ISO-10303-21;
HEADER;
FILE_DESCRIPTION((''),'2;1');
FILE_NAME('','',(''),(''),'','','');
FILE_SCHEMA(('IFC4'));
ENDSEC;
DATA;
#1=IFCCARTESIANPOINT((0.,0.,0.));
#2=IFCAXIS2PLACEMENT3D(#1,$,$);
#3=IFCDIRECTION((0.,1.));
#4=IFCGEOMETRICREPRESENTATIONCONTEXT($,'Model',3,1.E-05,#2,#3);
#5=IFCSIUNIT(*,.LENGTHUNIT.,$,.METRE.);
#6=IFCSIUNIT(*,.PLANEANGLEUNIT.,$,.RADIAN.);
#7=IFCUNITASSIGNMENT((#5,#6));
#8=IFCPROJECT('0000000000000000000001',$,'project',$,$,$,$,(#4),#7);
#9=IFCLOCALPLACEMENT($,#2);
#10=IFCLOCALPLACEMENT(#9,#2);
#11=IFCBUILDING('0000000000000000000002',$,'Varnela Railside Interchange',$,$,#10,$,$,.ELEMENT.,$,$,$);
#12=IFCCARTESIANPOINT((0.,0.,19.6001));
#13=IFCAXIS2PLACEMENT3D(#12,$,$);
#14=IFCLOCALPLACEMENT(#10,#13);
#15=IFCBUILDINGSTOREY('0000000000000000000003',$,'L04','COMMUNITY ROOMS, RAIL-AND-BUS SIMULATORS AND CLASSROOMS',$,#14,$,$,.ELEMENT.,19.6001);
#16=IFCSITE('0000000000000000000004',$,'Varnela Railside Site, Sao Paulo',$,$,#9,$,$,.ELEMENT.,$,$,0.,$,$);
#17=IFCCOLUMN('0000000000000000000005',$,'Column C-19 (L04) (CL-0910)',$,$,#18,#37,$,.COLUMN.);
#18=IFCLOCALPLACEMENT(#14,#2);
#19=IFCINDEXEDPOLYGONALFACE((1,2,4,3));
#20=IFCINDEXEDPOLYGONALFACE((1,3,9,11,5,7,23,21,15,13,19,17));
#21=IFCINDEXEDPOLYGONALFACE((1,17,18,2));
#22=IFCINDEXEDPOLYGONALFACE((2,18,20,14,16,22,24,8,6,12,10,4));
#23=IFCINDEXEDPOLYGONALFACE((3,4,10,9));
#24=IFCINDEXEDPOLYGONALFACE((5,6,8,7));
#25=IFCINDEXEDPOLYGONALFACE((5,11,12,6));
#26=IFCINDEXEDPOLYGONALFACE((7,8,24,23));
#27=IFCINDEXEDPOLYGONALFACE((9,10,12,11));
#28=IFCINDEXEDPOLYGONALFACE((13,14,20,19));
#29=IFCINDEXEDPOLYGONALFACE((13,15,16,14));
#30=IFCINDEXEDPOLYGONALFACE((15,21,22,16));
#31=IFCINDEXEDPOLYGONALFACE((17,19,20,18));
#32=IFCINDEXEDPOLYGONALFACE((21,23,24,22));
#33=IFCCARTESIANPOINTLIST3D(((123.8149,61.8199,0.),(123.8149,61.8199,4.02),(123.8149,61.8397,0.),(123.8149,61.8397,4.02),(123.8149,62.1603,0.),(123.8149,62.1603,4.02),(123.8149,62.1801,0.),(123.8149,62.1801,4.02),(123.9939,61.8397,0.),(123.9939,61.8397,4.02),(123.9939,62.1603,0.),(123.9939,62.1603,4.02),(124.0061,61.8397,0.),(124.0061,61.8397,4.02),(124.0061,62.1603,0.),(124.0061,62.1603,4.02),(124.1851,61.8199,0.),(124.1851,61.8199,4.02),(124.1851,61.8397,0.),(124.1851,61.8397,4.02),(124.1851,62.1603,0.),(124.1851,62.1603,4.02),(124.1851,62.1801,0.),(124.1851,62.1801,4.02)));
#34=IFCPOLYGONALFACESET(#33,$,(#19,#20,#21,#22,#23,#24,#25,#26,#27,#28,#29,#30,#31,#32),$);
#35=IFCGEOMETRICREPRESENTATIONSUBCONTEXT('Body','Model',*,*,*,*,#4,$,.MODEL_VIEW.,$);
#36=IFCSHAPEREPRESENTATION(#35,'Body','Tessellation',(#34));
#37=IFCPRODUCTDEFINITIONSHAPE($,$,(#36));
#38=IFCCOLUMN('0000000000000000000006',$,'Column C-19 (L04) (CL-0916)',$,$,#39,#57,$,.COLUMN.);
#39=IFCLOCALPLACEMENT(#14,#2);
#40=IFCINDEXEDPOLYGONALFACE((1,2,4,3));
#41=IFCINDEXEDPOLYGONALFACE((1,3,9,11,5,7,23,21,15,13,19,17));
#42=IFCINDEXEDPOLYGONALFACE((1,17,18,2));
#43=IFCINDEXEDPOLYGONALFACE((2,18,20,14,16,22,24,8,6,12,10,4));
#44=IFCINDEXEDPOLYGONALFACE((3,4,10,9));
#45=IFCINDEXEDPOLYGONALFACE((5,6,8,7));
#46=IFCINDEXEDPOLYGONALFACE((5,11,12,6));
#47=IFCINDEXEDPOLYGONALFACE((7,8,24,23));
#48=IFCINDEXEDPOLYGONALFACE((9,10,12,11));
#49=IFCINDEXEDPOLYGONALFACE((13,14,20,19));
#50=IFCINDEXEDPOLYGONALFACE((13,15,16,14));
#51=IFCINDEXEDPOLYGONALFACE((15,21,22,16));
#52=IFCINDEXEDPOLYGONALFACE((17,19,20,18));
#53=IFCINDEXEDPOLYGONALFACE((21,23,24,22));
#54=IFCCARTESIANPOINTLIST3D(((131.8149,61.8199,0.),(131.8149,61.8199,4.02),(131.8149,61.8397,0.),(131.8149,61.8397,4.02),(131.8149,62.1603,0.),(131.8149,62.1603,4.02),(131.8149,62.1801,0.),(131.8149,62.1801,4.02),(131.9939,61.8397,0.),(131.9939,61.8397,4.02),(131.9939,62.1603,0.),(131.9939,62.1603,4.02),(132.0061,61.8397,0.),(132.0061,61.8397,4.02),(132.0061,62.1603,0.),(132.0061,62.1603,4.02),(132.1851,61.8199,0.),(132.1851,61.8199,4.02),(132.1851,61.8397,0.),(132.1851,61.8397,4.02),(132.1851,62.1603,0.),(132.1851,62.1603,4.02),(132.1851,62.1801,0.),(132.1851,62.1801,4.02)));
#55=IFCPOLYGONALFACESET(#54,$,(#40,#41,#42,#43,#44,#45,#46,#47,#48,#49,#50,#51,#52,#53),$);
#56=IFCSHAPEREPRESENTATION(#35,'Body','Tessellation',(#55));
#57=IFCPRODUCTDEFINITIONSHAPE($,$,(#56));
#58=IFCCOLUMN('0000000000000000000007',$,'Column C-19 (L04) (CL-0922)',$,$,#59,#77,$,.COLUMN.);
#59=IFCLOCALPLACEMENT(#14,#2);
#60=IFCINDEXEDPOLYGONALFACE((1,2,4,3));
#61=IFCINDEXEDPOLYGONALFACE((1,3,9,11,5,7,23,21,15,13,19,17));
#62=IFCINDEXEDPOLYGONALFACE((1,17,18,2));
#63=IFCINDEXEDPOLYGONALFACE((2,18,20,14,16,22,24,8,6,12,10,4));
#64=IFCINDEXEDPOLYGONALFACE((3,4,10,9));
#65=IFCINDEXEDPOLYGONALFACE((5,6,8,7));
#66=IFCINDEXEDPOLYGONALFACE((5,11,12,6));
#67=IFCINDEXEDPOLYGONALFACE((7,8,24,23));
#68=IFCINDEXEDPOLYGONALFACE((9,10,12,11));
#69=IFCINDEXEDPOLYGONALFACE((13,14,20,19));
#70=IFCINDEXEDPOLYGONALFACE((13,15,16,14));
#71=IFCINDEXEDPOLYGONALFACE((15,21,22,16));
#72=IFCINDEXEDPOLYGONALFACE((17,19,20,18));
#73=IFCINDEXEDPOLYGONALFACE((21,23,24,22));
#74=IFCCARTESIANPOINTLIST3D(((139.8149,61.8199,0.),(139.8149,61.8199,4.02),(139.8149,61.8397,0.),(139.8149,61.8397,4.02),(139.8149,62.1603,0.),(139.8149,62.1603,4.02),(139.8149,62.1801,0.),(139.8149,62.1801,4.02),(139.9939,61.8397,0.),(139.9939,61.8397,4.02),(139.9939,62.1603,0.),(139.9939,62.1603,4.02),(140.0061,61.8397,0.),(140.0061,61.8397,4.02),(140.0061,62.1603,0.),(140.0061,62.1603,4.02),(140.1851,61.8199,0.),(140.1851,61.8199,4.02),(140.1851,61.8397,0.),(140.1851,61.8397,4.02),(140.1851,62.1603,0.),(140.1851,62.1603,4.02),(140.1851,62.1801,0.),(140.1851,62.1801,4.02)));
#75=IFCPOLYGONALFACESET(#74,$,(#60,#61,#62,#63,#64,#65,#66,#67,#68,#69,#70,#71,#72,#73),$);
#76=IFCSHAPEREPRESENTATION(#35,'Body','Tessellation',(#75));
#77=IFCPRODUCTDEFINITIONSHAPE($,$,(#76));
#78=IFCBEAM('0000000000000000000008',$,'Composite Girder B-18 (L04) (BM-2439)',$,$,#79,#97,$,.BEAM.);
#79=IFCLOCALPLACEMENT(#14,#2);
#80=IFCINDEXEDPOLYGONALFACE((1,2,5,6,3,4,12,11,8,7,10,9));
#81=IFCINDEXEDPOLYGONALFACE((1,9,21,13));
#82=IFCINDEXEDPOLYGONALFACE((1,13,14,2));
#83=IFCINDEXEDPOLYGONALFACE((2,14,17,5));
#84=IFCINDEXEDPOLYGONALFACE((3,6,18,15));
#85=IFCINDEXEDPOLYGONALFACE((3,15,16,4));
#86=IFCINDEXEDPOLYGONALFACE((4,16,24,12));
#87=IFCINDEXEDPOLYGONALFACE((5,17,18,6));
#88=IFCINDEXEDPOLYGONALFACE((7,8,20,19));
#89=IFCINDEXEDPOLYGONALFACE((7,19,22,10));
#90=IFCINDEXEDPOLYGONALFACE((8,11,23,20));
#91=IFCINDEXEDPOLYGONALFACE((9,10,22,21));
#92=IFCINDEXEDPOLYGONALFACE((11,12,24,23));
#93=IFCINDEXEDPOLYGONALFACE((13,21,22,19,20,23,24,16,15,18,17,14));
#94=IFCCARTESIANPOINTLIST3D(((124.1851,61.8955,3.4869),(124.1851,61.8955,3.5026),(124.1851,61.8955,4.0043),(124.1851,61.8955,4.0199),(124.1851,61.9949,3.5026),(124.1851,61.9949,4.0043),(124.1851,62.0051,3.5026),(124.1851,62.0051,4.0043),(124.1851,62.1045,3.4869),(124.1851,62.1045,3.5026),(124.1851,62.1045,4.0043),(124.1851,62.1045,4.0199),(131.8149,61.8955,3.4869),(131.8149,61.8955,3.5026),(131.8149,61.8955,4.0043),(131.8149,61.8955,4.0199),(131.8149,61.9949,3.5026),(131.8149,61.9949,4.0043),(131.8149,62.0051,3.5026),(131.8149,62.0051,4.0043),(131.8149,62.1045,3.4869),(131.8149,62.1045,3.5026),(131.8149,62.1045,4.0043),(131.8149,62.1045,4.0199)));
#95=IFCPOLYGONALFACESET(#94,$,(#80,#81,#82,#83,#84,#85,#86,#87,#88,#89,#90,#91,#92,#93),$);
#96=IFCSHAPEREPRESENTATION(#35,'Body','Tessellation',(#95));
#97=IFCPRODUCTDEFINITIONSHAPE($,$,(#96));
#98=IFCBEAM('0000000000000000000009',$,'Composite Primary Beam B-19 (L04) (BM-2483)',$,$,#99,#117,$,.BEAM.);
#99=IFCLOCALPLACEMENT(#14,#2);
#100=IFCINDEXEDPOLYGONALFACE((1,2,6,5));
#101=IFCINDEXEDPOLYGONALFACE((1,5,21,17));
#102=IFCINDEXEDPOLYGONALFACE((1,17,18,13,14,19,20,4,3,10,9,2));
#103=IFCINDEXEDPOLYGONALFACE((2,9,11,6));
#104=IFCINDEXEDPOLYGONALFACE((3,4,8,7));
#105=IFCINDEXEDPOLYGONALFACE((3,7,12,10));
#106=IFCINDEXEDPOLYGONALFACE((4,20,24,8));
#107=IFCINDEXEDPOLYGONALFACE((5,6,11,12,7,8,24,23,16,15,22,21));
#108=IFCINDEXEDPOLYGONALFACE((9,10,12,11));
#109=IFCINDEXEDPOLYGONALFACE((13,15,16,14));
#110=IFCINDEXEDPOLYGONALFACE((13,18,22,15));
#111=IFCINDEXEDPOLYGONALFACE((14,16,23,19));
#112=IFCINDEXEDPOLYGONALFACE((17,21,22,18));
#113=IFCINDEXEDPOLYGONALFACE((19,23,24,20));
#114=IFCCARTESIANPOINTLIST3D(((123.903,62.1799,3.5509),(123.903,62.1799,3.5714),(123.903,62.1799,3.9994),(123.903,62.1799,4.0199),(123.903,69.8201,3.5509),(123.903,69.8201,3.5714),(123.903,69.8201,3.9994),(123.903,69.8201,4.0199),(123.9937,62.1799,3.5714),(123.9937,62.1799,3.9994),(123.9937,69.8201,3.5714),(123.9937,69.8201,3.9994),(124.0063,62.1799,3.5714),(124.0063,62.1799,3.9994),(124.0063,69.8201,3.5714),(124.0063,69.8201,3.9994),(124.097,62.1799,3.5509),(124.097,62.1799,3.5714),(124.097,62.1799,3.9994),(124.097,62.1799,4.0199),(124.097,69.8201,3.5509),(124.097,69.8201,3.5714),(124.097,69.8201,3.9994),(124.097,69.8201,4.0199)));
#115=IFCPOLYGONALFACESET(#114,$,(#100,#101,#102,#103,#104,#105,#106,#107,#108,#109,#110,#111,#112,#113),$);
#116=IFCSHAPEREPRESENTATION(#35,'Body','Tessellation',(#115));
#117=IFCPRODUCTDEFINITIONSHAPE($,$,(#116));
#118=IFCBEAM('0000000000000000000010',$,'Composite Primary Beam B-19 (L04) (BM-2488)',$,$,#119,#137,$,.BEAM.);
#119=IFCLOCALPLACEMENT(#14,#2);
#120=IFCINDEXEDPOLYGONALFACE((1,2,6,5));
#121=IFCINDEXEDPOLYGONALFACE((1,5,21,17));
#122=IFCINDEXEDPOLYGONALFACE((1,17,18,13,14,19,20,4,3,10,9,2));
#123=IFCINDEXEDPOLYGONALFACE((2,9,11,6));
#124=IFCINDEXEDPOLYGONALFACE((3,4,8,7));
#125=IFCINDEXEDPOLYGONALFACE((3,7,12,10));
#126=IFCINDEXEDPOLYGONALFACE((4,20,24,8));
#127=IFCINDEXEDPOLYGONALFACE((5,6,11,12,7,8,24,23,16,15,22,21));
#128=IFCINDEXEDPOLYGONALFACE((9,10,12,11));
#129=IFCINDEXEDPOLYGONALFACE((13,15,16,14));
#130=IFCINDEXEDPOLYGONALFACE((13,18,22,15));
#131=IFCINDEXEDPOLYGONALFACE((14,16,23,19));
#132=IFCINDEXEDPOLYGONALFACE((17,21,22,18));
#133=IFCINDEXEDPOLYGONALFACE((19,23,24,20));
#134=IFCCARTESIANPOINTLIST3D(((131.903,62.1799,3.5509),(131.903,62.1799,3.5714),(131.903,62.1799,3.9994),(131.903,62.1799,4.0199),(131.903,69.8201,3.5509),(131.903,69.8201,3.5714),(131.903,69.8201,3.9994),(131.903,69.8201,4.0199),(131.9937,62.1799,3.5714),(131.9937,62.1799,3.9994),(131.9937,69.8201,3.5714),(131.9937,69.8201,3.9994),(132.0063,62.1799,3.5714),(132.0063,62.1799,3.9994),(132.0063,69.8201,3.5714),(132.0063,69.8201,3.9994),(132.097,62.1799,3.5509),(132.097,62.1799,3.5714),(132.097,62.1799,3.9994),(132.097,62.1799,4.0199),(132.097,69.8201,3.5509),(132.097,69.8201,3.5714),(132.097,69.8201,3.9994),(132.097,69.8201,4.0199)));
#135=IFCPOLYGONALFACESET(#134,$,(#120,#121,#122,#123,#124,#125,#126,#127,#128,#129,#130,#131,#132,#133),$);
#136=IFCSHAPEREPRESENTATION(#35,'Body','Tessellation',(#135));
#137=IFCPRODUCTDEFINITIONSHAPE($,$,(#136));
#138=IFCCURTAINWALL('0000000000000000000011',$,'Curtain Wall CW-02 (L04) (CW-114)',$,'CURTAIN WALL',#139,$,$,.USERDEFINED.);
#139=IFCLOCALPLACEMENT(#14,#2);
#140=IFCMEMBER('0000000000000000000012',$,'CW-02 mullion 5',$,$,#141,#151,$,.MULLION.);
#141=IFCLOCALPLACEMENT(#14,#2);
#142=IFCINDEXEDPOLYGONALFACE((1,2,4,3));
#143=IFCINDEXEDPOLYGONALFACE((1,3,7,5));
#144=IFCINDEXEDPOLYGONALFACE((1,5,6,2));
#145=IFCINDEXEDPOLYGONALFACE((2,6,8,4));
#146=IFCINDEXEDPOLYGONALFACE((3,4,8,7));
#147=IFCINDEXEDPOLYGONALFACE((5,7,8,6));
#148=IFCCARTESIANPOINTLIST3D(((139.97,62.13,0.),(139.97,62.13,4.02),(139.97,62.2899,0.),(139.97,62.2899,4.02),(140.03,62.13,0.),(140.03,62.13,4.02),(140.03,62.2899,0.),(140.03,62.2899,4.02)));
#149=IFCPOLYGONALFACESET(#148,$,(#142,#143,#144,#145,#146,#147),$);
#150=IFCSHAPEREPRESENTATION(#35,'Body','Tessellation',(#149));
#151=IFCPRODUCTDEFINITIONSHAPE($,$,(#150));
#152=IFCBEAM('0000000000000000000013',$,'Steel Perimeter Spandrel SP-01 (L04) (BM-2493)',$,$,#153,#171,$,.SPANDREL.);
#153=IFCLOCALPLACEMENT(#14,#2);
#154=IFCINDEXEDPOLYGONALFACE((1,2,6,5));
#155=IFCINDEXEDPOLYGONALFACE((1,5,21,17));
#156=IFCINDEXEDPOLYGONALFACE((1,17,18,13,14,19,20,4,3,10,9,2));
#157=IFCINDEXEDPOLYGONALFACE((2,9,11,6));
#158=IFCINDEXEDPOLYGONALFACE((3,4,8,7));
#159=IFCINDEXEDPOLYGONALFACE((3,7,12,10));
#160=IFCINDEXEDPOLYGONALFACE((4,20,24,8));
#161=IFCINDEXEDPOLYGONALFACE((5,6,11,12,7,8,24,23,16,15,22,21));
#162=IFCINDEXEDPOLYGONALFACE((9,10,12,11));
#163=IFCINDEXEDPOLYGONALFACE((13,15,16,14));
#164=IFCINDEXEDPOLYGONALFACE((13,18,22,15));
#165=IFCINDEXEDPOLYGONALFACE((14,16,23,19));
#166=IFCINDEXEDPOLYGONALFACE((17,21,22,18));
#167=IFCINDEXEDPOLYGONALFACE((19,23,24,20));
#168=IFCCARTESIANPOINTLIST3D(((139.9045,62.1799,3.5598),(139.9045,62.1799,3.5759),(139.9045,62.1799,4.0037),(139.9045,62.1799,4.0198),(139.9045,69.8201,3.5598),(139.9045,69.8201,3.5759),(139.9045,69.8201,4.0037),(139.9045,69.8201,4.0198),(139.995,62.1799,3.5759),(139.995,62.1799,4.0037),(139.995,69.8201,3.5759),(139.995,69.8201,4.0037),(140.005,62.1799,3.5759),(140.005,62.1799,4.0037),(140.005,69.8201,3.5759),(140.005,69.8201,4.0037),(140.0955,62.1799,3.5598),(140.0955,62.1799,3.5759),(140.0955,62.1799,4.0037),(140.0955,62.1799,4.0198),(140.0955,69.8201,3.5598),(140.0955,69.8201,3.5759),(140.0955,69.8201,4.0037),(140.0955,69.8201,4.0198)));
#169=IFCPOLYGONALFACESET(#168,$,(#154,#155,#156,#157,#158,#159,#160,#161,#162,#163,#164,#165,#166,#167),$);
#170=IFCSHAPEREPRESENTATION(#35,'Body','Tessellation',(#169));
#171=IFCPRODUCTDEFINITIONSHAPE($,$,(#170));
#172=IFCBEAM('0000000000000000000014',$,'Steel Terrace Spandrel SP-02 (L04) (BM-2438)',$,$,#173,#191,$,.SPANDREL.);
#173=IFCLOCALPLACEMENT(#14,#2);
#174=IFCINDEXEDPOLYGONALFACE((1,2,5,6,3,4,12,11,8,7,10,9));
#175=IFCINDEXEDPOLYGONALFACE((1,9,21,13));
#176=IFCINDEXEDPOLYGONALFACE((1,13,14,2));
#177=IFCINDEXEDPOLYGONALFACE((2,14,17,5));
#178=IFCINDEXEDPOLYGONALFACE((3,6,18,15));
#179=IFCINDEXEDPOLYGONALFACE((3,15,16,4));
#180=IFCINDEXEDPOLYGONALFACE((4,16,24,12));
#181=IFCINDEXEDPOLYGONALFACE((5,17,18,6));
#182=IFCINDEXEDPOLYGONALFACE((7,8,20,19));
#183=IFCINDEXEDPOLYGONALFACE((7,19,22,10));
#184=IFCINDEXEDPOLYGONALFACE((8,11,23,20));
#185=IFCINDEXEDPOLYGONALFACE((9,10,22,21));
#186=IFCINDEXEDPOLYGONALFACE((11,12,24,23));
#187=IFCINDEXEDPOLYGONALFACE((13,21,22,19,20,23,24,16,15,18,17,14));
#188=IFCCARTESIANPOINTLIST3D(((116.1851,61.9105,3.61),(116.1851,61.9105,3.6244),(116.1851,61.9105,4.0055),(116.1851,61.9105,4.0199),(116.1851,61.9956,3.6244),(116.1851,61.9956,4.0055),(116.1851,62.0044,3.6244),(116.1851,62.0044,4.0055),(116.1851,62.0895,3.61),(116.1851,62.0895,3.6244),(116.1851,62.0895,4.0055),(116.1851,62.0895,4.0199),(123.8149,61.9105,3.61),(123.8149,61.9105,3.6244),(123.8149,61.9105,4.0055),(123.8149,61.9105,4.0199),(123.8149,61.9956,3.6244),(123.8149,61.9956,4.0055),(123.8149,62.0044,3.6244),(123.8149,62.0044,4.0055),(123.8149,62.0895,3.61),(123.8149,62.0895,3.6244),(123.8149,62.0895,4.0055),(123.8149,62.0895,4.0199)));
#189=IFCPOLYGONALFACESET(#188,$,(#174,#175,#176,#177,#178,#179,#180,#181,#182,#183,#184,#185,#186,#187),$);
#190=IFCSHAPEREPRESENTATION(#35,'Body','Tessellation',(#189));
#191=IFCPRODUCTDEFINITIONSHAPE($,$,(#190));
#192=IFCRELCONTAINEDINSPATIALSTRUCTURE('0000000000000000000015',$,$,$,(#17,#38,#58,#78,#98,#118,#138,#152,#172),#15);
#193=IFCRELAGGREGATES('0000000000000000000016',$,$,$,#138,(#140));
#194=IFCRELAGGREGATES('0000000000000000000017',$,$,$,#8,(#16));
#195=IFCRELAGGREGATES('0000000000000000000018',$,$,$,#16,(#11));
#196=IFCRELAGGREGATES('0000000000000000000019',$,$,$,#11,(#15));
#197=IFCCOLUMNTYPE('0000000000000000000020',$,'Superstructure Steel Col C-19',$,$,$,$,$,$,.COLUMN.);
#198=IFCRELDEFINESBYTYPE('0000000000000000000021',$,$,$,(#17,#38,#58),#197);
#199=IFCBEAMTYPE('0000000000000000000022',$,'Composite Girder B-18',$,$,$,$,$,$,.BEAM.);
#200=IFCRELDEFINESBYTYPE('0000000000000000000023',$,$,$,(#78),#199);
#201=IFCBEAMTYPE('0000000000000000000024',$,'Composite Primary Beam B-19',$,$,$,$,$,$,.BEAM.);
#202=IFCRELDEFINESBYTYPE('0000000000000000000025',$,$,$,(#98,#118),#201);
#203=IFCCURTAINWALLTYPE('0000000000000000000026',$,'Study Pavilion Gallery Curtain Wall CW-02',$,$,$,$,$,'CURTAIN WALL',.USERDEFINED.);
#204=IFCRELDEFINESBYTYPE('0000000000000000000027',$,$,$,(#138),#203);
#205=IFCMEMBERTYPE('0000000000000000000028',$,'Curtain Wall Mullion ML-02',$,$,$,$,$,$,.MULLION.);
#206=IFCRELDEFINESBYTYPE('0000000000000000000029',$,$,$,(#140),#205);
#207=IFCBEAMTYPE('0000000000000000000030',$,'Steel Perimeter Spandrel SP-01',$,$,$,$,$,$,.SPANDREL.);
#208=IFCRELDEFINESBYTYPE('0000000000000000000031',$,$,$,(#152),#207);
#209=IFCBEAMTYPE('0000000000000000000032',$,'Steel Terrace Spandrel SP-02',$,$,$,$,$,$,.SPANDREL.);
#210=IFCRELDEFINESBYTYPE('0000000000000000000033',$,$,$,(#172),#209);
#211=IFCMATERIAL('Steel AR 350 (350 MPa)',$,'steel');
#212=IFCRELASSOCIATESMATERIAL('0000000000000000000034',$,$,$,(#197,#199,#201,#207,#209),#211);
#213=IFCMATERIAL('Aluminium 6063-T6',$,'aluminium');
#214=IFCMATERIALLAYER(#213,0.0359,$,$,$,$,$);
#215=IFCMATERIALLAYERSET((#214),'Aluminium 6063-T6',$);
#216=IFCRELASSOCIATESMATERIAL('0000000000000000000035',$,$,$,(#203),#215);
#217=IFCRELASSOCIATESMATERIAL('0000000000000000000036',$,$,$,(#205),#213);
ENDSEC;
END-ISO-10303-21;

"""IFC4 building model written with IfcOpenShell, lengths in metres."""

from ifc_helpers import new_model, si_unit, direction, frame, origin, origin_2d, place, context, subcontext, project, spatial, rectangle, i_section, extrude, material, layer, layer_set, material_profile, profile_set, type_object, element, aggregate, save


model = new_model("IFC4")

# Units and contexts
model_context = context("Model", 3, precision=1e-05, world=origin(), true_north=direction((0.0, 1.0)))
body_context = subcontext(model_context, "Body", "Model", "MODEL_VIEW")
ifc_project = project(units=[si_unit("LENGTHUNIT", "METRE"), si_unit("PLANEANGLEUNIT", "RADIAN")], contexts=[model_context])

# Site, building, storey
site_placement = place(None, origin())
site = spatial("IfcSite", under=ifc_project, at=site_placement, Name="Varnela Railside Site, Sao Paulo", CompositionType="ELEMENT", RefElevation=0.0)
building_placement = place(site_placement, origin())
building = spatial("IfcBuilding", under=site, at=building_placement, Name="Varnela Railside Interchange", CompositionType="ELEMENT")
storey_placement = place(building_placement, frame((0.0, 0.0, 19.6001)))
storey = spatial("IfcBuildingStorey", under=building, at=storey_placement, Name="L04", Description="COMMUNITY ROOMS, RAIL-AND-BUS SIMULATORS AND CLASSROOMS", CompositionType="ELEMENT", Elevation=19.6001)

# Columns
ifc_material_1 = material(Name="Steel AR 350 (350 MPa)", Category="steel")
ifc_material_profile_1 = material_profile(ifc_material_1, i_section(OverallWidth=0.3701, OverallDepth=0.3601, WebThickness=0.0122, FlangeThickness=0.0198, at=origin_2d()), Name="W360x147")
ifc_profile_set_1 = profile_set([ifc_material_profile_1], Name="Steel AR 350 (350 MPa)")
column_type = type_object("IfcColumnType", Name="Superstructure Steel Col C-19", PredefinedType="COLUMN", material=ifc_profile_set_1)
for number, where, z_axis, x_axis, name in (
    (1, (124.0, 62.0, 0.0), (0.0, 0.0, 1.0), (1.0, 0.0, 0.0), "Column C-19 (L04) (CL-0910)"),
    (2, (132.0, 62.0, 0.0), (0.0, 0.0, 1.0), (1.0, 0.0, 0.0), "Column C-19 (L04) (CL-0916)"),
    (3, (140.0, 62.0, 0.0), (0.0, 0.0, 1.0), (1.0, 0.0, 0.0), "Column C-19 (L04) (CL-0922)"),
):
    element("IfcColumn", number, at=place(storey_placement, frame(where, z_axis=z_axis, x_axis=x_axis)), inside=storey, type_object=column_type, Name=name, PredefinedType="COLUMN", context=body_context, shape_type="SweptSolid", body=[
        extrude(i_section(OverallWidth=0.3701, OverallDepth=0.3601, WebThickness=0.0122, FlangeThickness=0.0198, at=origin_2d()), origin(), (0.0, 0.0, 1.0), 4.02),
    ])

# Beams
ifc_material_profile_2 = material_profile(ifc_material_1, i_section(OverallWidth=0.209, OverallDepth=0.533, WebThickness=0.0103, FlangeThickness=0.0156, at=origin_2d()), Name="W530x92")
ifc_profile_set_2 = profile_set([ifc_material_profile_2], Name="Steel AR 350 (350 MPa)")
beam_type_1 = type_object("IfcBeamType", Name="Composite Girder B-18", PredefinedType="BEAM", material=ifc_profile_set_2)
beam_1_placement = place(storey_placement, frame((124.1851, 62.0, 3.7534), z_axis=(1.0, 0.0, 0.0), x_axis=(0.0, 1.0, 0.0)))
element("IfcBeam", 4, at=beam_1_placement, inside=storey, type_object=beam_type_1, Name="Composite Girder B-18 (L04) (BM-2439)", PredefinedType="BEAM", context=body_context, shape_type="SweptSolid", body=[
    extrude(i_section(OverallWidth=0.209, OverallDepth=0.533, WebThickness=0.0103, FlangeThickness=0.0156, at=origin_2d()), origin(), (0.0, 0.0, 1.0), 7.6299),
])
ifc_material_profile_3 = material_profile(ifc_material_1, i_section(OverallWidth=0.1941, OverallDepth=0.469, WebThickness=0.0127, FlangeThickness=0.0205, at=origin_2d()), Name="W460x106")
ifc_profile_set_3 = profile_set([ifc_material_profile_3], Name="Steel AR 350 (350 MPa)")
beam_type_2 = type_object("IfcBeamType", Name="Composite Primary Beam B-19", PredefinedType="BEAM", material=ifc_profile_set_3)
for number, where, z_axis, x_axis, name in (
    (5, (124.0, 62.1799, 3.7854), (0.0, 1.0, 0.0), (-1.0, 0.0, 0.0), "Composite Primary Beam B-19 (L04) (BM-2483)"),
    (6, (132.0, 62.1799, 3.7854), (0.0, 1.0, 0.0), (-1.0, 0.0, 0.0), "Composite Primary Beam B-19 (L04) (BM-2488)"),
):
    element("IfcBeam", number, at=place(storey_placement, frame(where, z_axis=z_axis, x_axis=x_axis)), inside=storey, type_object=beam_type_2, Name=name, PredefinedType="BEAM", context=body_context, shape_type="SweptSolid", body=[
        extrude(i_section(OverallWidth=0.1941, OverallDepth=0.469, WebThickness=0.0127, FlangeThickness=0.0205, at=origin_2d()), origin(), (0.0, 0.0, 1.0), 7.6401),
    ])

# Curtain wall, member
ifc_material_2 = material(Name="Aluminium 6063-T6", Category="aluminium")
ifc_layer_1 = layer(ifc_material_2, 0.0359)
ifc_layer_set_1 = layer_set([ifc_layer_1], Name="Aluminium 6063-T6")
curtain_wall_type = type_object("IfcCurtainWallType", Name="Study Pavilion Gallery Curtain Wall CW-02", ElementType="CURTAIN WALL", PredefinedType="USERDEFINED", material=ifc_layer_set_1)
curtain_wall_placement = place(storey_placement, origin())
curtain_wall = element("IfcCurtainWall", 7, at=curtain_wall_placement, inside=storey, type_object=curtain_wall_type, Name="Curtain Wall CW-02 (L04) (CW-114)", ObjectType="CURTAIN WALL", PredefinedType="USERDEFINED")
ifc_material_profile_4 = material_profile(ifc_material_2, rectangle(XDim=0.0601, YDim=0.1599, at=origin_2d()), Name="ALU 60x160")
ifc_profile_set_4 = profile_set([ifc_material_profile_4], Name="Aluminium 6063-T6")
member_type = type_object("IfcMemberType", Name="Curtain Wall Mullion ML-02", PredefinedType="MULLION", material=ifc_profile_set_4)
member_placement = place(storey_placement, frame((140.0, 62.21, 0.0), z_axis=(0.0, 0.0, 1.0), x_axis=(1.0, 0.0, 0.0)))
member = element("IfcMember", 8, at=member_placement, type_object=member_type, Name="CW-02 mullion 5", PredefinedType="MULLION", context=body_context, shape_type="SweptSolid", body=[
    extrude(rectangle(XDim=0.0601, YDim=0.1599, at=origin_2d()), origin(), (0.0, 0.0, 1.0), 4.02),
])
aggregate(curtain_wall, [member])

# Beams
ifc_material_profile_5 = material_profile(ifc_material_1, i_section(OverallWidth=0.1909, OverallDepth=0.46, WebThickness=0.01, FlangeThickness=0.0161, at=origin_2d()), Name="W460x82")
ifc_profile_set_5 = profile_set([ifc_material_profile_5], Name="Steel AR 350 (350 MPa)")
beam_type_3 = type_object("IfcBeamType", Name="Steel Perimeter Spandrel SP-01", PredefinedType="SPANDREL", material=ifc_profile_set_5)
beam_2_placement = place(storey_placement, frame((140.0, 62.1799, 3.7898), z_axis=(0.0, 1.0, 0.0), x_axis=(-1.0, 0.0, 0.0)))
element("IfcBeam", 9, at=beam_2_placement, inside=storey, type_object=beam_type_3, Name="Steel Perimeter Spandrel SP-01 (L04) (BM-2493)", PredefinedType="SPANDREL", context=body_context, shape_type="SweptSolid", body=[
    extrude(i_section(OverallWidth=0.1909, OverallDepth=0.46, WebThickness=0.01, FlangeThickness=0.0161, at=origin_2d()), origin(), (0.0, 0.0, 1.0), 7.6401),
])
ifc_material_profile_6 = material_profile(ifc_material_1, i_section(OverallWidth=0.179, OverallDepth=0.4099, WebThickness=0.0088, FlangeThickness=0.0144, at=origin_2d()), Name="W410x67")
ifc_profile_set_6 = profile_set([ifc_material_profile_6], Name="Steel AR 350 (350 MPa)")
beam_type_4 = type_object("IfcBeamType", Name="Steel Terrace Spandrel SP-02", PredefinedType="SPANDREL", material=ifc_profile_set_6)
for number, where, z_axis, x_axis, name in (
    (10, (116.1851, 62.0, 3.8149), (1.0, 0.0, 0.0), (0.0, 1.0, 0.0), "Steel Terrace Spandrel SP-02 (L04) (BM-2438)"),
):
    element("IfcBeam", number, at=place(storey_placement, frame(where, z_axis=z_axis, x_axis=x_axis)), inside=storey, type_object=beam_type_4, Name=name, PredefinedType="SPANDREL", context=body_context, shape_type="SweptSolid", body=[
        extrude(i_section(OverallWidth=0.179, OverallDepth=0.4099, WebThickness=0.0088, FlangeThickness=0.0144, at=origin_2d()), origin(), (0.0, 0.0, 1.0), 7.6299),
    ])

save(model, "model.ifc")
